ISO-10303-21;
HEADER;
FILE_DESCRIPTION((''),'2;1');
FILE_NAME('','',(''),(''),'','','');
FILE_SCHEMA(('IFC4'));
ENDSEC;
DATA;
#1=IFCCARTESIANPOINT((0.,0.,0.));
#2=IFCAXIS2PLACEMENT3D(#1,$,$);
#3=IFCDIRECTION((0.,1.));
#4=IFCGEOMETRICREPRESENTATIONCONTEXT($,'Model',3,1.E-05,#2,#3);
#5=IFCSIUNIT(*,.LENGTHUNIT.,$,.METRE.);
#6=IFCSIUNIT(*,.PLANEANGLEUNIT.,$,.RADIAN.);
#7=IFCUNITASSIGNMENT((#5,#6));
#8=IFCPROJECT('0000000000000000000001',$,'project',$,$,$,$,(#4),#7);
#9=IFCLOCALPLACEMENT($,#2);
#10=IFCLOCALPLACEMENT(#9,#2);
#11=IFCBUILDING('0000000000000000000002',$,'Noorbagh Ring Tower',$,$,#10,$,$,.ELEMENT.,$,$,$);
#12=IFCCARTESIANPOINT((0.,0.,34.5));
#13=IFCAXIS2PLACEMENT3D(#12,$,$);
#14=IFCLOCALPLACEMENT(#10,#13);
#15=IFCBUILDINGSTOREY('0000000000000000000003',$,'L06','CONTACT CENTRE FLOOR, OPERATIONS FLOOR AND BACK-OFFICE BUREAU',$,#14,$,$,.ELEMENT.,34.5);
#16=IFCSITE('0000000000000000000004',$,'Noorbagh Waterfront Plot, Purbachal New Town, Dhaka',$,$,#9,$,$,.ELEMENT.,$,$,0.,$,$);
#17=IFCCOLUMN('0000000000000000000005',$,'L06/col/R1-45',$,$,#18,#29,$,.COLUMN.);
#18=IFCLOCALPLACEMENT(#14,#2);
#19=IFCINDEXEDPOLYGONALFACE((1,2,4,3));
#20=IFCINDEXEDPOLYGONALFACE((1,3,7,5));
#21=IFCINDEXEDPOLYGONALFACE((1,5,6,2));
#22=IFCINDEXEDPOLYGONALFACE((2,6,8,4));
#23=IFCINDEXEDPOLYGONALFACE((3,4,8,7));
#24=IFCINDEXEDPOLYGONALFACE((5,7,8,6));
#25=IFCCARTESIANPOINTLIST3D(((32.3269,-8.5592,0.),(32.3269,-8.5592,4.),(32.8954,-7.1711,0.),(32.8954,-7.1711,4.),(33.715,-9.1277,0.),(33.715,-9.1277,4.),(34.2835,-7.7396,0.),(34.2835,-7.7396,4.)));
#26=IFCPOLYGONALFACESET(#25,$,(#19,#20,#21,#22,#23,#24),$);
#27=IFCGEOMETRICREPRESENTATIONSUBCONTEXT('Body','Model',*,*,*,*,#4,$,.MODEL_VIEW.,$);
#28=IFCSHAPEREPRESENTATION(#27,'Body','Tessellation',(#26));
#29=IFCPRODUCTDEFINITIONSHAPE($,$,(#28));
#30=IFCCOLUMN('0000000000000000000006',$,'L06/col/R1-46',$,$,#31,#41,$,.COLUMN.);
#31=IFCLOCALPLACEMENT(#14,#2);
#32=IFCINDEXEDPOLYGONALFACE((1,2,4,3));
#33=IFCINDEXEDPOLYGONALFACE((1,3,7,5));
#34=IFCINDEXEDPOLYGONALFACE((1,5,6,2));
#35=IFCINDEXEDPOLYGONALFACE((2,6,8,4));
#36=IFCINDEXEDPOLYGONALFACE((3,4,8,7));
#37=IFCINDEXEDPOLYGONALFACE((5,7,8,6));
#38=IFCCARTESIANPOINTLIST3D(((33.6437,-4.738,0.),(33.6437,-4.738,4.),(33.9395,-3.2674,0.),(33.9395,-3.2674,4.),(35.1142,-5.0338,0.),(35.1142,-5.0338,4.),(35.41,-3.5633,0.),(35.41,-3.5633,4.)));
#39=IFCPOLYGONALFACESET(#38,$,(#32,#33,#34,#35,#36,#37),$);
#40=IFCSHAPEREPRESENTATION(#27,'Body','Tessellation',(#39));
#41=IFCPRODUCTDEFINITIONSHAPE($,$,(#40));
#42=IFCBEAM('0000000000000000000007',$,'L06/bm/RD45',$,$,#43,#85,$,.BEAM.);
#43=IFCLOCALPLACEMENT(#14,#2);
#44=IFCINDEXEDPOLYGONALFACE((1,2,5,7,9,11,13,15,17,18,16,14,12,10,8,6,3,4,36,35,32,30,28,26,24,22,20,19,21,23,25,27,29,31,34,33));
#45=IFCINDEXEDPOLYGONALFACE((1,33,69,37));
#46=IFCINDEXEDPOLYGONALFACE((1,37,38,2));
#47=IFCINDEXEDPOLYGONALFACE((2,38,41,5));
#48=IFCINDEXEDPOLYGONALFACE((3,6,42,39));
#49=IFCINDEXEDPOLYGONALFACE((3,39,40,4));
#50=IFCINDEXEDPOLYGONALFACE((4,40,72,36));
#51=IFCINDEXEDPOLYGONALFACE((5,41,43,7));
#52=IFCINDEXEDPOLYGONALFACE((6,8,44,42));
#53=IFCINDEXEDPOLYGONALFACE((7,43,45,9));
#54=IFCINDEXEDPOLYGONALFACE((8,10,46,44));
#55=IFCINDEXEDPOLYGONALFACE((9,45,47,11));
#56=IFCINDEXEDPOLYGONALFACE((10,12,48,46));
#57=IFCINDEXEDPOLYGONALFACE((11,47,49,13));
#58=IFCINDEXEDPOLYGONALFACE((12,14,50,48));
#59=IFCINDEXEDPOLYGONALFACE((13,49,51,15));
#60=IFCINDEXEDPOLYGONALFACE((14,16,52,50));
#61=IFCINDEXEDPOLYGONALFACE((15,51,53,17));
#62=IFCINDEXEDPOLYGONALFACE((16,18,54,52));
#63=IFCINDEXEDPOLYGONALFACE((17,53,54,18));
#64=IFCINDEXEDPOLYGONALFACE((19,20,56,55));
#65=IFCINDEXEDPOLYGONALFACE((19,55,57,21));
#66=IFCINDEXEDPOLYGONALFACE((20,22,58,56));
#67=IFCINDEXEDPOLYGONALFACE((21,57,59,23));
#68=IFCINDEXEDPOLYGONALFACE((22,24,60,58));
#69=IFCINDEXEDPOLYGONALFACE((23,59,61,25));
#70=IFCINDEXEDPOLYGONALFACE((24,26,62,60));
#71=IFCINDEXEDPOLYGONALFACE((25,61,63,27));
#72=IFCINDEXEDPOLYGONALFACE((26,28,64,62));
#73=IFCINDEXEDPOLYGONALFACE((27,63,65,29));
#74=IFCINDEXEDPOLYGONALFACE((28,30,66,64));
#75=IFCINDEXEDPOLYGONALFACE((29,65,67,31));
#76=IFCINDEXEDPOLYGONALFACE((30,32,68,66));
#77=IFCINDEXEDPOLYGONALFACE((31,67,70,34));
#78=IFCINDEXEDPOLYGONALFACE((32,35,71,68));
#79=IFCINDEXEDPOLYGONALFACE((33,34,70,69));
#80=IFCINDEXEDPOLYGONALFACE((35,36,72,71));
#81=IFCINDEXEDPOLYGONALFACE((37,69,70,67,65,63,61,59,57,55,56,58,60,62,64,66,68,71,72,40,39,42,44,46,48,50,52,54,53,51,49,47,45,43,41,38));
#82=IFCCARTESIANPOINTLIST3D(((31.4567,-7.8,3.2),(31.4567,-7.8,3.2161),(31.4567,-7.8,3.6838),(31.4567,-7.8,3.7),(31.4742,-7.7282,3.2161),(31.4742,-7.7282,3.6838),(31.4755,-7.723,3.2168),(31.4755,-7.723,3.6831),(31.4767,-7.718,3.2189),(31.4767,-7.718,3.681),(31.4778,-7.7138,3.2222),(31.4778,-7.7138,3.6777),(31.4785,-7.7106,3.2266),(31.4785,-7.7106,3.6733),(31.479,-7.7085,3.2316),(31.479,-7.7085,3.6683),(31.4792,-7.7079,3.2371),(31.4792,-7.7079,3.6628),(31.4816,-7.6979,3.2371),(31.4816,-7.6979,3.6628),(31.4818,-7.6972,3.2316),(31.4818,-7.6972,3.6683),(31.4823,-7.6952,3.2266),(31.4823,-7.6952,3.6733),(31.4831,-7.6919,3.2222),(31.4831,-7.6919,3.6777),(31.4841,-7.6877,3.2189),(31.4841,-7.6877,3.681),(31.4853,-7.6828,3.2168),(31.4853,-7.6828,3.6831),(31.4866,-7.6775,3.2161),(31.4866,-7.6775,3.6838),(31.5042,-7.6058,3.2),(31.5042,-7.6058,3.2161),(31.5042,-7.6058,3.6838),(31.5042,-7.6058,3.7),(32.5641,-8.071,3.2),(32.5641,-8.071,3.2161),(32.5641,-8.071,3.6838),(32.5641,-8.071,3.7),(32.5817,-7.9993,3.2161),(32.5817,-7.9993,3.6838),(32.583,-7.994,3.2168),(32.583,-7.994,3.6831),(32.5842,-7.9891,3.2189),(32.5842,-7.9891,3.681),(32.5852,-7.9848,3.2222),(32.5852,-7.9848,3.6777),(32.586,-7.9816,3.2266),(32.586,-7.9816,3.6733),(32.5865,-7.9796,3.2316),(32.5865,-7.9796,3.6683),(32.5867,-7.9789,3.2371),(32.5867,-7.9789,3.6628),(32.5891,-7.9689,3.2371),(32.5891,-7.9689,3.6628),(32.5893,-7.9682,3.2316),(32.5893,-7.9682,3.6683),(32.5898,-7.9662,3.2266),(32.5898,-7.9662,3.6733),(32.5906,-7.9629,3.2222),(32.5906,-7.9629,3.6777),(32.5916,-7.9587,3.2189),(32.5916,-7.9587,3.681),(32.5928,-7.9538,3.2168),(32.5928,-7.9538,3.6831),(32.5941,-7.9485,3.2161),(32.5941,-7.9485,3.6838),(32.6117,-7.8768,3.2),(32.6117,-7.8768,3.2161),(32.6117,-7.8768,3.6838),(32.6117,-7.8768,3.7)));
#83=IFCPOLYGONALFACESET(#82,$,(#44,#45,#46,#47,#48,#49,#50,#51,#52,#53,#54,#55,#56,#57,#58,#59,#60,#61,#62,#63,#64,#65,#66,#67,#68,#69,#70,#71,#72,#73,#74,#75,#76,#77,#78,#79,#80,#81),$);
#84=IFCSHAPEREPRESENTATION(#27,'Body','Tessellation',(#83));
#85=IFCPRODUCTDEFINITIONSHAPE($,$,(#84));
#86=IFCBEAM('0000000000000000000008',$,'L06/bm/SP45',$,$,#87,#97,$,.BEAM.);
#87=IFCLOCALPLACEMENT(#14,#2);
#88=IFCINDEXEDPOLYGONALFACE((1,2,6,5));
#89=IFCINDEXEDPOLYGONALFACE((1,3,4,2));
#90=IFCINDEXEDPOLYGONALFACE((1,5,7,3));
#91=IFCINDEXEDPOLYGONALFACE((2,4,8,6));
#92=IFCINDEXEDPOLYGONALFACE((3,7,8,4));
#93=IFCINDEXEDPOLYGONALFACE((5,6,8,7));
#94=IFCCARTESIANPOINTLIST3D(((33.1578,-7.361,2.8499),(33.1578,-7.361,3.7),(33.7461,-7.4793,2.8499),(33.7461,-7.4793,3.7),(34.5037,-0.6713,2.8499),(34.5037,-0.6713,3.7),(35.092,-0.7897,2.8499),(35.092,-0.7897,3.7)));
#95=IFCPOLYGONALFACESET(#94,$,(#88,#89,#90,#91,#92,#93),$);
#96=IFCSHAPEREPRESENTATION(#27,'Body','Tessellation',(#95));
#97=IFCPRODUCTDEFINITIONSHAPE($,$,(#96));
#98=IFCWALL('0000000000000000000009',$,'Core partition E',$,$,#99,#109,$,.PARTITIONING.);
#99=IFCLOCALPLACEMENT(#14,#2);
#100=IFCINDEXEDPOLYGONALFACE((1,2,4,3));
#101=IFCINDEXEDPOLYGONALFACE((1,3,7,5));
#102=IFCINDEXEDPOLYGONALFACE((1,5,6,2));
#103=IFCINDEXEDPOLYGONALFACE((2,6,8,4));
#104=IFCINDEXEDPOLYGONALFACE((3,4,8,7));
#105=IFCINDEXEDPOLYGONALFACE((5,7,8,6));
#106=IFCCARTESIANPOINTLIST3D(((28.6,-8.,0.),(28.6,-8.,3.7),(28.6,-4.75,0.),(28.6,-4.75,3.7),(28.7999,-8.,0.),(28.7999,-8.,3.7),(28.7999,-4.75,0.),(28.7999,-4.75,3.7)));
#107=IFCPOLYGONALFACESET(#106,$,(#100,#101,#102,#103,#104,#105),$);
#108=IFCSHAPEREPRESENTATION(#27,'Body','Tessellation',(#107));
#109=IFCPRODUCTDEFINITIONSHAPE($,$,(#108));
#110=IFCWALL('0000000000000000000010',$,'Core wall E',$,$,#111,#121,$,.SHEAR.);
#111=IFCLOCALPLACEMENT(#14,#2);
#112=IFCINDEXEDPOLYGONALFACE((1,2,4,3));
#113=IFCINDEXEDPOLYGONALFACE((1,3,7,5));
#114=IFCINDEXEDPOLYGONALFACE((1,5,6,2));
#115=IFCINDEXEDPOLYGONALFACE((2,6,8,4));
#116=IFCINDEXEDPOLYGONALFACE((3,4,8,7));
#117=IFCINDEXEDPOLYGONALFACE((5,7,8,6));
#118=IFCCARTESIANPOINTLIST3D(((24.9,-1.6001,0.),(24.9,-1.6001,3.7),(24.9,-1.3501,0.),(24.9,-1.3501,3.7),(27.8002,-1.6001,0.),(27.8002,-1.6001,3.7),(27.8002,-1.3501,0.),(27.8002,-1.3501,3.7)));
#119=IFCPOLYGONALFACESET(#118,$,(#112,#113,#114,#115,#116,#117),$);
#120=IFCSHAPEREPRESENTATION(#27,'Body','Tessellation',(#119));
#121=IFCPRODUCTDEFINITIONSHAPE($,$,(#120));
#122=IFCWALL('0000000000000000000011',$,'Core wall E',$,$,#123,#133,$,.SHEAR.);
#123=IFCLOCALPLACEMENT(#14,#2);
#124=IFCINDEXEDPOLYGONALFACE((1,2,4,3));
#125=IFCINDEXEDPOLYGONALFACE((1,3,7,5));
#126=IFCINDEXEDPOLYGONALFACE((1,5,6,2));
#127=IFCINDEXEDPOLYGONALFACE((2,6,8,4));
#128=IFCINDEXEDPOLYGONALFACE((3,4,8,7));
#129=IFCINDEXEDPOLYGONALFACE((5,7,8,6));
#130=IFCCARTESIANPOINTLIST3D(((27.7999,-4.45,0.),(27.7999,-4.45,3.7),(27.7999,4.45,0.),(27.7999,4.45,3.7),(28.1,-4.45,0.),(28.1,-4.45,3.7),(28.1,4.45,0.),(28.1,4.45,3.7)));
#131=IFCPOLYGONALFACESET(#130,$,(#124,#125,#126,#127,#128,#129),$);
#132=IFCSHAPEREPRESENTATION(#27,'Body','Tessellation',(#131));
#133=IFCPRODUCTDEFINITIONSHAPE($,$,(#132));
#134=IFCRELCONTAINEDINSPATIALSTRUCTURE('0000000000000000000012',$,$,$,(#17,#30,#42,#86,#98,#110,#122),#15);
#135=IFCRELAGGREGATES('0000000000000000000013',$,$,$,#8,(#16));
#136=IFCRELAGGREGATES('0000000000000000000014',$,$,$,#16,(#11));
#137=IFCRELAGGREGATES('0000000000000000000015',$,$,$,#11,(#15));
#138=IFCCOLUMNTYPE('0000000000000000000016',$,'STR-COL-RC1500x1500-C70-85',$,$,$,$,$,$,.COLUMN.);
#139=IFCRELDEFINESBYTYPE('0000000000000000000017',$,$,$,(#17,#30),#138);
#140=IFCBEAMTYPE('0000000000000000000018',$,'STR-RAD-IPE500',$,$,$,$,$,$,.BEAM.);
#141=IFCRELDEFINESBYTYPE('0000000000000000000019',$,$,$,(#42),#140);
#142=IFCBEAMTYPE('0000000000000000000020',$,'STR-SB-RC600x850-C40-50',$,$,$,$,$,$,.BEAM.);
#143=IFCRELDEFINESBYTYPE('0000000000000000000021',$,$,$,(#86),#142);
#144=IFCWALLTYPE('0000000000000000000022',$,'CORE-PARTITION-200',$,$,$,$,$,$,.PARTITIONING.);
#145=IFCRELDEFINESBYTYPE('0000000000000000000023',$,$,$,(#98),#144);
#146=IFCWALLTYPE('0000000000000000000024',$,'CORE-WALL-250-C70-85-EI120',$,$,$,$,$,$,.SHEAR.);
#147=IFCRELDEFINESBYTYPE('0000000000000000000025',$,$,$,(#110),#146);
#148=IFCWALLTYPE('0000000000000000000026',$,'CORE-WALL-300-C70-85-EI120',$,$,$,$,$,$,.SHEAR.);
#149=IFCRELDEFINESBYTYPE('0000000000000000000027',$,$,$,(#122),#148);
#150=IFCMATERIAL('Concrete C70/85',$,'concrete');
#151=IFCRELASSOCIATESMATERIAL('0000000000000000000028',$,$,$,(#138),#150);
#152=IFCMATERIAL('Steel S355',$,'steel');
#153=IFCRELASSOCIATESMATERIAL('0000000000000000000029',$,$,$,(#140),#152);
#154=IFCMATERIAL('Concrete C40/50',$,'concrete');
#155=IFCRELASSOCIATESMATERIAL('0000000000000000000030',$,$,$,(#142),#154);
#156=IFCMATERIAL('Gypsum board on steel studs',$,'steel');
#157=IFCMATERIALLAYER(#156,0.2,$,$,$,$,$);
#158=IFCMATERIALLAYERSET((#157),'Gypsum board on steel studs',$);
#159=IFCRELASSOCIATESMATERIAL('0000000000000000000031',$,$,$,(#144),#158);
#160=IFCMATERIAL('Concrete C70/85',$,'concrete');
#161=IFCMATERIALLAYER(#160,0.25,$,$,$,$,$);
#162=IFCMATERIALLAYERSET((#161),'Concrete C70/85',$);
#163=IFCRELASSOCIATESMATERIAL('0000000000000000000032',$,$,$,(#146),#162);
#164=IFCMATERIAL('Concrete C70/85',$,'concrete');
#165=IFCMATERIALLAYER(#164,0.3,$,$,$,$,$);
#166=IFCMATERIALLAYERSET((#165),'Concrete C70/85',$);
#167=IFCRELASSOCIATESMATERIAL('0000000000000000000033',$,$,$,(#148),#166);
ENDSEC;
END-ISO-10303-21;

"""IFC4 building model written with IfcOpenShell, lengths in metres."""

from ifc_helpers import new_model, si_unit, direction, frame, frame_2d, origin, origin_2d, place, context, subcontext, project, spatial, rectangle, i_section, extrude, material, layer, layer_set, material_profile, profile_set, type_object, element, save


model = new_model("IFC4")

# Units and contexts
model_context = context("Model", 3, precision=1e-05, world=origin(), true_north=direction((0.0, 1.0)))
body_context = subcontext(model_context, "Body", "Model", "MODEL_VIEW")
ifc_project = project(units=[si_unit("LENGTHUNIT", "METRE"), si_unit("PLANEANGLEUNIT", "RADIAN")], contexts=[model_context])

# Site, building, storey
site_placement = place(None, origin())
site = spatial("IfcSite", under=ifc_project, at=site_placement, Name="Noorbagh Waterfront Plot, Purbachal New Town, Dhaka", CompositionType="ELEMENT", RefElevation=0.0)
building_placement = place(site_placement, origin())
building = spatial("IfcBuilding", under=site, at=building_placement, Name="Noorbagh Ring Tower", CompositionType="ELEMENT")
storey_placement = place(building_placement, frame((0.0, 0.0, 34.5)))
storey = spatial("IfcBuildingStorey", under=building, at=storey_placement, Name="L06", Description="CONTACT CENTRE FLOOR, OPERATIONS FLOOR AND BACK-OFFICE BUREAU", CompositionType="ELEMENT", Elevation=34.5)

# Columns
ifc_material_1 = material(Name="Concrete C70/85", Category="concrete")
ifc_material_profile_1 = material_profile(ifc_material_1, rectangle(XDim=1.5, YDim=1.5, at=origin_2d()), Name="RC1500x1500")
ifc_profile_set_1 = profile_set([ifc_material_profile_1], Name="Concrete C70/85")
column_type = type_object("IfcColumnType", Name="STR-COL-RC1500x1500-C70-85", PredefinedType="COLUMN", material=ifc_profile_set_1)
for number, where, z_axis, x_axis, name in (
    (1, (33.3052, -8.1494, 0.0), (0.0, 0.0, 1.0), (0.378989, 0.925401, 0.0), "L06/col/R1-45"),
    (2, (34.5269, -4.1506, 0.0), (0.0, 0.0, 1.0), (0.19723, 0.980357, 0.0), "L06/col/R1-46"),
):
    element("IfcColumn", number, at=place(storey_placement, frame(where, z_axis=z_axis, x_axis=x_axis)), inside=storey, type_object=column_type, Name=name, PredefinedType="COLUMN", context=body_context, shape_type="SweptSolid", body=[
        extrude(rectangle(XDim=1.5, YDim=1.5, at=origin_2d()), origin(), (0.0, 0.0, 1.0), 4.0),
    ])

# Beams
ifc_material_2 = material(Name="Steel S355", Category="steel")
ifc_material_profile_2 = material_profile(ifc_material_2, i_section(OverallWidth=0.2, OverallDepth=0.5, WebThickness=0.0103, FlangeThickness=0.0161, FilletRadius=0.021, at=origin_2d()), Name="IPE500")
ifc_profile_set_2 = profile_set([ifc_material_profile_2], Name="Steel S355")
beam_type_1 = type_object("IfcBeamType", Name="STR-RAD-IPE500", PredefinedType="BEAM", material=ifc_profile_set_2)
beam_1_placement = place(storey_placement, frame((32.5879, -7.9739, 3.45), z_axis=(-0.97134, 0.237696, 0.0), x_axis=(-0.237696, -0.97134, 0.0)))
element("IfcBeam", 3, at=beam_1_placement, inside=storey, type_object=beam_type_1, Name="L06/bm/RD45", PredefinedType="BEAM", context=body_context, shape_type="SweptSolid", body=[
    extrude(i_section(OverallWidth=0.2, OverallDepth=0.5, WebThickness=0.0103, FlangeThickness=0.0161, FilletRadius=0.021, at=origin_2d()), origin(), (0.0, 0.0, 1.0), 1.1401),
])
ifc_material_3 = material(Name="Concrete C40/50", Category="concrete")
ifc_material_profile_3 = material_profile(ifc_material_3, rectangle(XDim=0.6001, YDim=0.8501, at=origin_2d()), Name="RC600x850")
ifc_profile_set_3 = profile_set([ifc_material_profile_3], Name="Concrete C40/50")
beam_type_2 = type_object("IfcBeamType", Name="STR-SB-RC600x850-C40-50", PredefinedType="BEAM", material=ifc_profile_set_3)
beam_2_placement = place(storey_placement, frame((33.4519, -7.4202, 3.2749), z_axis=(0.197244, 0.980354, 0.0), x_axis=(-0.980354, 0.197244, 0.0)))
element("IfcBeam", 4, at=beam_2_placement, inside=storey, type_object=beam_type_2, Name="L06/bm/SP45", PredefinedType="BEAM", context=body_context, shape_type="SweptSolid", body=[
    extrude(rectangle(XDim=0.6001, YDim=0.8501, at=origin_2d()), origin(), (0.0, 0.0, 1.0), 6.8237),
])

# Walls
ifc_material_4 = material(Name="Gypsum board on steel studs", Category="steel")
ifc_layer_1 = layer(ifc_material_4, 0.2)
ifc_layer_set_1 = layer_set([ifc_layer_1], Name="Gypsum board on steel studs")
wall_type_1 = type_object("IfcWallType", Name="CORE-PARTITION-200", PredefinedType="PARTITIONING", material=ifc_layer_set_1)
wall_1_placement = place(storey_placement, frame((28.7, -8.0, 0.0), z_axis=(0.0, 0.0, 1.0), x_axis=(0.0, 1.0, 0.0)))
element("IfcWall", 5, at=wall_1_placement, inside=storey, type_object=wall_type_1, Name="Core partition E", PredefinedType="PARTITIONING", context=body_context, shape_type="SweptSolid", body=[
    extrude(rectangle(XDim=3.25, YDim=0.2, at=frame_2d((1.625, 0.0))), origin(), (0.0, 0.0, 1.0), 3.7),
])
ifc_material_5 = material(Name="Concrete C70/85", Category="concrete")
ifc_layer_2 = layer(ifc_material_5, 0.25)
ifc_layer_set_2 = layer_set([ifc_layer_2], Name="Concrete C70/85")
wall_type_2 = type_object("IfcWallType", Name="CORE-WALL-250-C70-85-EI120", PredefinedType="SHEAR", material=ifc_layer_set_2)
wall_2_placement = place(storey_placement, frame((24.8999, -1.4751, 0.0), z_axis=(0.0, 0.0, 1.0), x_axis=(1.0, 0.0, 0.0)))
element("IfcWall", 6, at=wall_2_placement, inside=storey, type_object=wall_type_2, Name="Core wall E", PredefinedType="SHEAR", context=body_context, shape_type="SweptSolid", body=[
    extrude(rectangle(XDim=2.9001, YDim=0.25, at=frame_2d((1.4502, 0.0))), origin(), (0.0, 0.0, 1.0), 3.7),
])
ifc_material_6 = material(Name="Concrete C70/85", Category="concrete")
ifc_layer_3 = layer(ifc_material_6, 0.3)
ifc_layer_set_3 = layer_set([ifc_layer_3], Name="Concrete C70/85")
wall_type_3 = type_object("IfcWallType", Name="CORE-WALL-300-C70-85-EI120", PredefinedType="SHEAR", material=ifc_layer_set_3)
wall_3_placement = place(storey_placement, frame((27.95, -4.45, 0.0), z_axis=(0.0, 0.0, 1.0), x_axis=(0.0, 1.0, 0.0)))
element("IfcWall", 7, at=wall_3_placement, inside=storey, type_object=wall_type_3, Name="Core wall E", PredefinedType="SHEAR", context=body_context, shape_type="SweptSolid", body=[
    extrude(rectangle(XDim=8.8999, YDim=0.3, at=frame_2d((4.45, 0.0))), origin(), (0.0, 0.0, 1.0), 3.7),
])

save(model, "model.ifc")
